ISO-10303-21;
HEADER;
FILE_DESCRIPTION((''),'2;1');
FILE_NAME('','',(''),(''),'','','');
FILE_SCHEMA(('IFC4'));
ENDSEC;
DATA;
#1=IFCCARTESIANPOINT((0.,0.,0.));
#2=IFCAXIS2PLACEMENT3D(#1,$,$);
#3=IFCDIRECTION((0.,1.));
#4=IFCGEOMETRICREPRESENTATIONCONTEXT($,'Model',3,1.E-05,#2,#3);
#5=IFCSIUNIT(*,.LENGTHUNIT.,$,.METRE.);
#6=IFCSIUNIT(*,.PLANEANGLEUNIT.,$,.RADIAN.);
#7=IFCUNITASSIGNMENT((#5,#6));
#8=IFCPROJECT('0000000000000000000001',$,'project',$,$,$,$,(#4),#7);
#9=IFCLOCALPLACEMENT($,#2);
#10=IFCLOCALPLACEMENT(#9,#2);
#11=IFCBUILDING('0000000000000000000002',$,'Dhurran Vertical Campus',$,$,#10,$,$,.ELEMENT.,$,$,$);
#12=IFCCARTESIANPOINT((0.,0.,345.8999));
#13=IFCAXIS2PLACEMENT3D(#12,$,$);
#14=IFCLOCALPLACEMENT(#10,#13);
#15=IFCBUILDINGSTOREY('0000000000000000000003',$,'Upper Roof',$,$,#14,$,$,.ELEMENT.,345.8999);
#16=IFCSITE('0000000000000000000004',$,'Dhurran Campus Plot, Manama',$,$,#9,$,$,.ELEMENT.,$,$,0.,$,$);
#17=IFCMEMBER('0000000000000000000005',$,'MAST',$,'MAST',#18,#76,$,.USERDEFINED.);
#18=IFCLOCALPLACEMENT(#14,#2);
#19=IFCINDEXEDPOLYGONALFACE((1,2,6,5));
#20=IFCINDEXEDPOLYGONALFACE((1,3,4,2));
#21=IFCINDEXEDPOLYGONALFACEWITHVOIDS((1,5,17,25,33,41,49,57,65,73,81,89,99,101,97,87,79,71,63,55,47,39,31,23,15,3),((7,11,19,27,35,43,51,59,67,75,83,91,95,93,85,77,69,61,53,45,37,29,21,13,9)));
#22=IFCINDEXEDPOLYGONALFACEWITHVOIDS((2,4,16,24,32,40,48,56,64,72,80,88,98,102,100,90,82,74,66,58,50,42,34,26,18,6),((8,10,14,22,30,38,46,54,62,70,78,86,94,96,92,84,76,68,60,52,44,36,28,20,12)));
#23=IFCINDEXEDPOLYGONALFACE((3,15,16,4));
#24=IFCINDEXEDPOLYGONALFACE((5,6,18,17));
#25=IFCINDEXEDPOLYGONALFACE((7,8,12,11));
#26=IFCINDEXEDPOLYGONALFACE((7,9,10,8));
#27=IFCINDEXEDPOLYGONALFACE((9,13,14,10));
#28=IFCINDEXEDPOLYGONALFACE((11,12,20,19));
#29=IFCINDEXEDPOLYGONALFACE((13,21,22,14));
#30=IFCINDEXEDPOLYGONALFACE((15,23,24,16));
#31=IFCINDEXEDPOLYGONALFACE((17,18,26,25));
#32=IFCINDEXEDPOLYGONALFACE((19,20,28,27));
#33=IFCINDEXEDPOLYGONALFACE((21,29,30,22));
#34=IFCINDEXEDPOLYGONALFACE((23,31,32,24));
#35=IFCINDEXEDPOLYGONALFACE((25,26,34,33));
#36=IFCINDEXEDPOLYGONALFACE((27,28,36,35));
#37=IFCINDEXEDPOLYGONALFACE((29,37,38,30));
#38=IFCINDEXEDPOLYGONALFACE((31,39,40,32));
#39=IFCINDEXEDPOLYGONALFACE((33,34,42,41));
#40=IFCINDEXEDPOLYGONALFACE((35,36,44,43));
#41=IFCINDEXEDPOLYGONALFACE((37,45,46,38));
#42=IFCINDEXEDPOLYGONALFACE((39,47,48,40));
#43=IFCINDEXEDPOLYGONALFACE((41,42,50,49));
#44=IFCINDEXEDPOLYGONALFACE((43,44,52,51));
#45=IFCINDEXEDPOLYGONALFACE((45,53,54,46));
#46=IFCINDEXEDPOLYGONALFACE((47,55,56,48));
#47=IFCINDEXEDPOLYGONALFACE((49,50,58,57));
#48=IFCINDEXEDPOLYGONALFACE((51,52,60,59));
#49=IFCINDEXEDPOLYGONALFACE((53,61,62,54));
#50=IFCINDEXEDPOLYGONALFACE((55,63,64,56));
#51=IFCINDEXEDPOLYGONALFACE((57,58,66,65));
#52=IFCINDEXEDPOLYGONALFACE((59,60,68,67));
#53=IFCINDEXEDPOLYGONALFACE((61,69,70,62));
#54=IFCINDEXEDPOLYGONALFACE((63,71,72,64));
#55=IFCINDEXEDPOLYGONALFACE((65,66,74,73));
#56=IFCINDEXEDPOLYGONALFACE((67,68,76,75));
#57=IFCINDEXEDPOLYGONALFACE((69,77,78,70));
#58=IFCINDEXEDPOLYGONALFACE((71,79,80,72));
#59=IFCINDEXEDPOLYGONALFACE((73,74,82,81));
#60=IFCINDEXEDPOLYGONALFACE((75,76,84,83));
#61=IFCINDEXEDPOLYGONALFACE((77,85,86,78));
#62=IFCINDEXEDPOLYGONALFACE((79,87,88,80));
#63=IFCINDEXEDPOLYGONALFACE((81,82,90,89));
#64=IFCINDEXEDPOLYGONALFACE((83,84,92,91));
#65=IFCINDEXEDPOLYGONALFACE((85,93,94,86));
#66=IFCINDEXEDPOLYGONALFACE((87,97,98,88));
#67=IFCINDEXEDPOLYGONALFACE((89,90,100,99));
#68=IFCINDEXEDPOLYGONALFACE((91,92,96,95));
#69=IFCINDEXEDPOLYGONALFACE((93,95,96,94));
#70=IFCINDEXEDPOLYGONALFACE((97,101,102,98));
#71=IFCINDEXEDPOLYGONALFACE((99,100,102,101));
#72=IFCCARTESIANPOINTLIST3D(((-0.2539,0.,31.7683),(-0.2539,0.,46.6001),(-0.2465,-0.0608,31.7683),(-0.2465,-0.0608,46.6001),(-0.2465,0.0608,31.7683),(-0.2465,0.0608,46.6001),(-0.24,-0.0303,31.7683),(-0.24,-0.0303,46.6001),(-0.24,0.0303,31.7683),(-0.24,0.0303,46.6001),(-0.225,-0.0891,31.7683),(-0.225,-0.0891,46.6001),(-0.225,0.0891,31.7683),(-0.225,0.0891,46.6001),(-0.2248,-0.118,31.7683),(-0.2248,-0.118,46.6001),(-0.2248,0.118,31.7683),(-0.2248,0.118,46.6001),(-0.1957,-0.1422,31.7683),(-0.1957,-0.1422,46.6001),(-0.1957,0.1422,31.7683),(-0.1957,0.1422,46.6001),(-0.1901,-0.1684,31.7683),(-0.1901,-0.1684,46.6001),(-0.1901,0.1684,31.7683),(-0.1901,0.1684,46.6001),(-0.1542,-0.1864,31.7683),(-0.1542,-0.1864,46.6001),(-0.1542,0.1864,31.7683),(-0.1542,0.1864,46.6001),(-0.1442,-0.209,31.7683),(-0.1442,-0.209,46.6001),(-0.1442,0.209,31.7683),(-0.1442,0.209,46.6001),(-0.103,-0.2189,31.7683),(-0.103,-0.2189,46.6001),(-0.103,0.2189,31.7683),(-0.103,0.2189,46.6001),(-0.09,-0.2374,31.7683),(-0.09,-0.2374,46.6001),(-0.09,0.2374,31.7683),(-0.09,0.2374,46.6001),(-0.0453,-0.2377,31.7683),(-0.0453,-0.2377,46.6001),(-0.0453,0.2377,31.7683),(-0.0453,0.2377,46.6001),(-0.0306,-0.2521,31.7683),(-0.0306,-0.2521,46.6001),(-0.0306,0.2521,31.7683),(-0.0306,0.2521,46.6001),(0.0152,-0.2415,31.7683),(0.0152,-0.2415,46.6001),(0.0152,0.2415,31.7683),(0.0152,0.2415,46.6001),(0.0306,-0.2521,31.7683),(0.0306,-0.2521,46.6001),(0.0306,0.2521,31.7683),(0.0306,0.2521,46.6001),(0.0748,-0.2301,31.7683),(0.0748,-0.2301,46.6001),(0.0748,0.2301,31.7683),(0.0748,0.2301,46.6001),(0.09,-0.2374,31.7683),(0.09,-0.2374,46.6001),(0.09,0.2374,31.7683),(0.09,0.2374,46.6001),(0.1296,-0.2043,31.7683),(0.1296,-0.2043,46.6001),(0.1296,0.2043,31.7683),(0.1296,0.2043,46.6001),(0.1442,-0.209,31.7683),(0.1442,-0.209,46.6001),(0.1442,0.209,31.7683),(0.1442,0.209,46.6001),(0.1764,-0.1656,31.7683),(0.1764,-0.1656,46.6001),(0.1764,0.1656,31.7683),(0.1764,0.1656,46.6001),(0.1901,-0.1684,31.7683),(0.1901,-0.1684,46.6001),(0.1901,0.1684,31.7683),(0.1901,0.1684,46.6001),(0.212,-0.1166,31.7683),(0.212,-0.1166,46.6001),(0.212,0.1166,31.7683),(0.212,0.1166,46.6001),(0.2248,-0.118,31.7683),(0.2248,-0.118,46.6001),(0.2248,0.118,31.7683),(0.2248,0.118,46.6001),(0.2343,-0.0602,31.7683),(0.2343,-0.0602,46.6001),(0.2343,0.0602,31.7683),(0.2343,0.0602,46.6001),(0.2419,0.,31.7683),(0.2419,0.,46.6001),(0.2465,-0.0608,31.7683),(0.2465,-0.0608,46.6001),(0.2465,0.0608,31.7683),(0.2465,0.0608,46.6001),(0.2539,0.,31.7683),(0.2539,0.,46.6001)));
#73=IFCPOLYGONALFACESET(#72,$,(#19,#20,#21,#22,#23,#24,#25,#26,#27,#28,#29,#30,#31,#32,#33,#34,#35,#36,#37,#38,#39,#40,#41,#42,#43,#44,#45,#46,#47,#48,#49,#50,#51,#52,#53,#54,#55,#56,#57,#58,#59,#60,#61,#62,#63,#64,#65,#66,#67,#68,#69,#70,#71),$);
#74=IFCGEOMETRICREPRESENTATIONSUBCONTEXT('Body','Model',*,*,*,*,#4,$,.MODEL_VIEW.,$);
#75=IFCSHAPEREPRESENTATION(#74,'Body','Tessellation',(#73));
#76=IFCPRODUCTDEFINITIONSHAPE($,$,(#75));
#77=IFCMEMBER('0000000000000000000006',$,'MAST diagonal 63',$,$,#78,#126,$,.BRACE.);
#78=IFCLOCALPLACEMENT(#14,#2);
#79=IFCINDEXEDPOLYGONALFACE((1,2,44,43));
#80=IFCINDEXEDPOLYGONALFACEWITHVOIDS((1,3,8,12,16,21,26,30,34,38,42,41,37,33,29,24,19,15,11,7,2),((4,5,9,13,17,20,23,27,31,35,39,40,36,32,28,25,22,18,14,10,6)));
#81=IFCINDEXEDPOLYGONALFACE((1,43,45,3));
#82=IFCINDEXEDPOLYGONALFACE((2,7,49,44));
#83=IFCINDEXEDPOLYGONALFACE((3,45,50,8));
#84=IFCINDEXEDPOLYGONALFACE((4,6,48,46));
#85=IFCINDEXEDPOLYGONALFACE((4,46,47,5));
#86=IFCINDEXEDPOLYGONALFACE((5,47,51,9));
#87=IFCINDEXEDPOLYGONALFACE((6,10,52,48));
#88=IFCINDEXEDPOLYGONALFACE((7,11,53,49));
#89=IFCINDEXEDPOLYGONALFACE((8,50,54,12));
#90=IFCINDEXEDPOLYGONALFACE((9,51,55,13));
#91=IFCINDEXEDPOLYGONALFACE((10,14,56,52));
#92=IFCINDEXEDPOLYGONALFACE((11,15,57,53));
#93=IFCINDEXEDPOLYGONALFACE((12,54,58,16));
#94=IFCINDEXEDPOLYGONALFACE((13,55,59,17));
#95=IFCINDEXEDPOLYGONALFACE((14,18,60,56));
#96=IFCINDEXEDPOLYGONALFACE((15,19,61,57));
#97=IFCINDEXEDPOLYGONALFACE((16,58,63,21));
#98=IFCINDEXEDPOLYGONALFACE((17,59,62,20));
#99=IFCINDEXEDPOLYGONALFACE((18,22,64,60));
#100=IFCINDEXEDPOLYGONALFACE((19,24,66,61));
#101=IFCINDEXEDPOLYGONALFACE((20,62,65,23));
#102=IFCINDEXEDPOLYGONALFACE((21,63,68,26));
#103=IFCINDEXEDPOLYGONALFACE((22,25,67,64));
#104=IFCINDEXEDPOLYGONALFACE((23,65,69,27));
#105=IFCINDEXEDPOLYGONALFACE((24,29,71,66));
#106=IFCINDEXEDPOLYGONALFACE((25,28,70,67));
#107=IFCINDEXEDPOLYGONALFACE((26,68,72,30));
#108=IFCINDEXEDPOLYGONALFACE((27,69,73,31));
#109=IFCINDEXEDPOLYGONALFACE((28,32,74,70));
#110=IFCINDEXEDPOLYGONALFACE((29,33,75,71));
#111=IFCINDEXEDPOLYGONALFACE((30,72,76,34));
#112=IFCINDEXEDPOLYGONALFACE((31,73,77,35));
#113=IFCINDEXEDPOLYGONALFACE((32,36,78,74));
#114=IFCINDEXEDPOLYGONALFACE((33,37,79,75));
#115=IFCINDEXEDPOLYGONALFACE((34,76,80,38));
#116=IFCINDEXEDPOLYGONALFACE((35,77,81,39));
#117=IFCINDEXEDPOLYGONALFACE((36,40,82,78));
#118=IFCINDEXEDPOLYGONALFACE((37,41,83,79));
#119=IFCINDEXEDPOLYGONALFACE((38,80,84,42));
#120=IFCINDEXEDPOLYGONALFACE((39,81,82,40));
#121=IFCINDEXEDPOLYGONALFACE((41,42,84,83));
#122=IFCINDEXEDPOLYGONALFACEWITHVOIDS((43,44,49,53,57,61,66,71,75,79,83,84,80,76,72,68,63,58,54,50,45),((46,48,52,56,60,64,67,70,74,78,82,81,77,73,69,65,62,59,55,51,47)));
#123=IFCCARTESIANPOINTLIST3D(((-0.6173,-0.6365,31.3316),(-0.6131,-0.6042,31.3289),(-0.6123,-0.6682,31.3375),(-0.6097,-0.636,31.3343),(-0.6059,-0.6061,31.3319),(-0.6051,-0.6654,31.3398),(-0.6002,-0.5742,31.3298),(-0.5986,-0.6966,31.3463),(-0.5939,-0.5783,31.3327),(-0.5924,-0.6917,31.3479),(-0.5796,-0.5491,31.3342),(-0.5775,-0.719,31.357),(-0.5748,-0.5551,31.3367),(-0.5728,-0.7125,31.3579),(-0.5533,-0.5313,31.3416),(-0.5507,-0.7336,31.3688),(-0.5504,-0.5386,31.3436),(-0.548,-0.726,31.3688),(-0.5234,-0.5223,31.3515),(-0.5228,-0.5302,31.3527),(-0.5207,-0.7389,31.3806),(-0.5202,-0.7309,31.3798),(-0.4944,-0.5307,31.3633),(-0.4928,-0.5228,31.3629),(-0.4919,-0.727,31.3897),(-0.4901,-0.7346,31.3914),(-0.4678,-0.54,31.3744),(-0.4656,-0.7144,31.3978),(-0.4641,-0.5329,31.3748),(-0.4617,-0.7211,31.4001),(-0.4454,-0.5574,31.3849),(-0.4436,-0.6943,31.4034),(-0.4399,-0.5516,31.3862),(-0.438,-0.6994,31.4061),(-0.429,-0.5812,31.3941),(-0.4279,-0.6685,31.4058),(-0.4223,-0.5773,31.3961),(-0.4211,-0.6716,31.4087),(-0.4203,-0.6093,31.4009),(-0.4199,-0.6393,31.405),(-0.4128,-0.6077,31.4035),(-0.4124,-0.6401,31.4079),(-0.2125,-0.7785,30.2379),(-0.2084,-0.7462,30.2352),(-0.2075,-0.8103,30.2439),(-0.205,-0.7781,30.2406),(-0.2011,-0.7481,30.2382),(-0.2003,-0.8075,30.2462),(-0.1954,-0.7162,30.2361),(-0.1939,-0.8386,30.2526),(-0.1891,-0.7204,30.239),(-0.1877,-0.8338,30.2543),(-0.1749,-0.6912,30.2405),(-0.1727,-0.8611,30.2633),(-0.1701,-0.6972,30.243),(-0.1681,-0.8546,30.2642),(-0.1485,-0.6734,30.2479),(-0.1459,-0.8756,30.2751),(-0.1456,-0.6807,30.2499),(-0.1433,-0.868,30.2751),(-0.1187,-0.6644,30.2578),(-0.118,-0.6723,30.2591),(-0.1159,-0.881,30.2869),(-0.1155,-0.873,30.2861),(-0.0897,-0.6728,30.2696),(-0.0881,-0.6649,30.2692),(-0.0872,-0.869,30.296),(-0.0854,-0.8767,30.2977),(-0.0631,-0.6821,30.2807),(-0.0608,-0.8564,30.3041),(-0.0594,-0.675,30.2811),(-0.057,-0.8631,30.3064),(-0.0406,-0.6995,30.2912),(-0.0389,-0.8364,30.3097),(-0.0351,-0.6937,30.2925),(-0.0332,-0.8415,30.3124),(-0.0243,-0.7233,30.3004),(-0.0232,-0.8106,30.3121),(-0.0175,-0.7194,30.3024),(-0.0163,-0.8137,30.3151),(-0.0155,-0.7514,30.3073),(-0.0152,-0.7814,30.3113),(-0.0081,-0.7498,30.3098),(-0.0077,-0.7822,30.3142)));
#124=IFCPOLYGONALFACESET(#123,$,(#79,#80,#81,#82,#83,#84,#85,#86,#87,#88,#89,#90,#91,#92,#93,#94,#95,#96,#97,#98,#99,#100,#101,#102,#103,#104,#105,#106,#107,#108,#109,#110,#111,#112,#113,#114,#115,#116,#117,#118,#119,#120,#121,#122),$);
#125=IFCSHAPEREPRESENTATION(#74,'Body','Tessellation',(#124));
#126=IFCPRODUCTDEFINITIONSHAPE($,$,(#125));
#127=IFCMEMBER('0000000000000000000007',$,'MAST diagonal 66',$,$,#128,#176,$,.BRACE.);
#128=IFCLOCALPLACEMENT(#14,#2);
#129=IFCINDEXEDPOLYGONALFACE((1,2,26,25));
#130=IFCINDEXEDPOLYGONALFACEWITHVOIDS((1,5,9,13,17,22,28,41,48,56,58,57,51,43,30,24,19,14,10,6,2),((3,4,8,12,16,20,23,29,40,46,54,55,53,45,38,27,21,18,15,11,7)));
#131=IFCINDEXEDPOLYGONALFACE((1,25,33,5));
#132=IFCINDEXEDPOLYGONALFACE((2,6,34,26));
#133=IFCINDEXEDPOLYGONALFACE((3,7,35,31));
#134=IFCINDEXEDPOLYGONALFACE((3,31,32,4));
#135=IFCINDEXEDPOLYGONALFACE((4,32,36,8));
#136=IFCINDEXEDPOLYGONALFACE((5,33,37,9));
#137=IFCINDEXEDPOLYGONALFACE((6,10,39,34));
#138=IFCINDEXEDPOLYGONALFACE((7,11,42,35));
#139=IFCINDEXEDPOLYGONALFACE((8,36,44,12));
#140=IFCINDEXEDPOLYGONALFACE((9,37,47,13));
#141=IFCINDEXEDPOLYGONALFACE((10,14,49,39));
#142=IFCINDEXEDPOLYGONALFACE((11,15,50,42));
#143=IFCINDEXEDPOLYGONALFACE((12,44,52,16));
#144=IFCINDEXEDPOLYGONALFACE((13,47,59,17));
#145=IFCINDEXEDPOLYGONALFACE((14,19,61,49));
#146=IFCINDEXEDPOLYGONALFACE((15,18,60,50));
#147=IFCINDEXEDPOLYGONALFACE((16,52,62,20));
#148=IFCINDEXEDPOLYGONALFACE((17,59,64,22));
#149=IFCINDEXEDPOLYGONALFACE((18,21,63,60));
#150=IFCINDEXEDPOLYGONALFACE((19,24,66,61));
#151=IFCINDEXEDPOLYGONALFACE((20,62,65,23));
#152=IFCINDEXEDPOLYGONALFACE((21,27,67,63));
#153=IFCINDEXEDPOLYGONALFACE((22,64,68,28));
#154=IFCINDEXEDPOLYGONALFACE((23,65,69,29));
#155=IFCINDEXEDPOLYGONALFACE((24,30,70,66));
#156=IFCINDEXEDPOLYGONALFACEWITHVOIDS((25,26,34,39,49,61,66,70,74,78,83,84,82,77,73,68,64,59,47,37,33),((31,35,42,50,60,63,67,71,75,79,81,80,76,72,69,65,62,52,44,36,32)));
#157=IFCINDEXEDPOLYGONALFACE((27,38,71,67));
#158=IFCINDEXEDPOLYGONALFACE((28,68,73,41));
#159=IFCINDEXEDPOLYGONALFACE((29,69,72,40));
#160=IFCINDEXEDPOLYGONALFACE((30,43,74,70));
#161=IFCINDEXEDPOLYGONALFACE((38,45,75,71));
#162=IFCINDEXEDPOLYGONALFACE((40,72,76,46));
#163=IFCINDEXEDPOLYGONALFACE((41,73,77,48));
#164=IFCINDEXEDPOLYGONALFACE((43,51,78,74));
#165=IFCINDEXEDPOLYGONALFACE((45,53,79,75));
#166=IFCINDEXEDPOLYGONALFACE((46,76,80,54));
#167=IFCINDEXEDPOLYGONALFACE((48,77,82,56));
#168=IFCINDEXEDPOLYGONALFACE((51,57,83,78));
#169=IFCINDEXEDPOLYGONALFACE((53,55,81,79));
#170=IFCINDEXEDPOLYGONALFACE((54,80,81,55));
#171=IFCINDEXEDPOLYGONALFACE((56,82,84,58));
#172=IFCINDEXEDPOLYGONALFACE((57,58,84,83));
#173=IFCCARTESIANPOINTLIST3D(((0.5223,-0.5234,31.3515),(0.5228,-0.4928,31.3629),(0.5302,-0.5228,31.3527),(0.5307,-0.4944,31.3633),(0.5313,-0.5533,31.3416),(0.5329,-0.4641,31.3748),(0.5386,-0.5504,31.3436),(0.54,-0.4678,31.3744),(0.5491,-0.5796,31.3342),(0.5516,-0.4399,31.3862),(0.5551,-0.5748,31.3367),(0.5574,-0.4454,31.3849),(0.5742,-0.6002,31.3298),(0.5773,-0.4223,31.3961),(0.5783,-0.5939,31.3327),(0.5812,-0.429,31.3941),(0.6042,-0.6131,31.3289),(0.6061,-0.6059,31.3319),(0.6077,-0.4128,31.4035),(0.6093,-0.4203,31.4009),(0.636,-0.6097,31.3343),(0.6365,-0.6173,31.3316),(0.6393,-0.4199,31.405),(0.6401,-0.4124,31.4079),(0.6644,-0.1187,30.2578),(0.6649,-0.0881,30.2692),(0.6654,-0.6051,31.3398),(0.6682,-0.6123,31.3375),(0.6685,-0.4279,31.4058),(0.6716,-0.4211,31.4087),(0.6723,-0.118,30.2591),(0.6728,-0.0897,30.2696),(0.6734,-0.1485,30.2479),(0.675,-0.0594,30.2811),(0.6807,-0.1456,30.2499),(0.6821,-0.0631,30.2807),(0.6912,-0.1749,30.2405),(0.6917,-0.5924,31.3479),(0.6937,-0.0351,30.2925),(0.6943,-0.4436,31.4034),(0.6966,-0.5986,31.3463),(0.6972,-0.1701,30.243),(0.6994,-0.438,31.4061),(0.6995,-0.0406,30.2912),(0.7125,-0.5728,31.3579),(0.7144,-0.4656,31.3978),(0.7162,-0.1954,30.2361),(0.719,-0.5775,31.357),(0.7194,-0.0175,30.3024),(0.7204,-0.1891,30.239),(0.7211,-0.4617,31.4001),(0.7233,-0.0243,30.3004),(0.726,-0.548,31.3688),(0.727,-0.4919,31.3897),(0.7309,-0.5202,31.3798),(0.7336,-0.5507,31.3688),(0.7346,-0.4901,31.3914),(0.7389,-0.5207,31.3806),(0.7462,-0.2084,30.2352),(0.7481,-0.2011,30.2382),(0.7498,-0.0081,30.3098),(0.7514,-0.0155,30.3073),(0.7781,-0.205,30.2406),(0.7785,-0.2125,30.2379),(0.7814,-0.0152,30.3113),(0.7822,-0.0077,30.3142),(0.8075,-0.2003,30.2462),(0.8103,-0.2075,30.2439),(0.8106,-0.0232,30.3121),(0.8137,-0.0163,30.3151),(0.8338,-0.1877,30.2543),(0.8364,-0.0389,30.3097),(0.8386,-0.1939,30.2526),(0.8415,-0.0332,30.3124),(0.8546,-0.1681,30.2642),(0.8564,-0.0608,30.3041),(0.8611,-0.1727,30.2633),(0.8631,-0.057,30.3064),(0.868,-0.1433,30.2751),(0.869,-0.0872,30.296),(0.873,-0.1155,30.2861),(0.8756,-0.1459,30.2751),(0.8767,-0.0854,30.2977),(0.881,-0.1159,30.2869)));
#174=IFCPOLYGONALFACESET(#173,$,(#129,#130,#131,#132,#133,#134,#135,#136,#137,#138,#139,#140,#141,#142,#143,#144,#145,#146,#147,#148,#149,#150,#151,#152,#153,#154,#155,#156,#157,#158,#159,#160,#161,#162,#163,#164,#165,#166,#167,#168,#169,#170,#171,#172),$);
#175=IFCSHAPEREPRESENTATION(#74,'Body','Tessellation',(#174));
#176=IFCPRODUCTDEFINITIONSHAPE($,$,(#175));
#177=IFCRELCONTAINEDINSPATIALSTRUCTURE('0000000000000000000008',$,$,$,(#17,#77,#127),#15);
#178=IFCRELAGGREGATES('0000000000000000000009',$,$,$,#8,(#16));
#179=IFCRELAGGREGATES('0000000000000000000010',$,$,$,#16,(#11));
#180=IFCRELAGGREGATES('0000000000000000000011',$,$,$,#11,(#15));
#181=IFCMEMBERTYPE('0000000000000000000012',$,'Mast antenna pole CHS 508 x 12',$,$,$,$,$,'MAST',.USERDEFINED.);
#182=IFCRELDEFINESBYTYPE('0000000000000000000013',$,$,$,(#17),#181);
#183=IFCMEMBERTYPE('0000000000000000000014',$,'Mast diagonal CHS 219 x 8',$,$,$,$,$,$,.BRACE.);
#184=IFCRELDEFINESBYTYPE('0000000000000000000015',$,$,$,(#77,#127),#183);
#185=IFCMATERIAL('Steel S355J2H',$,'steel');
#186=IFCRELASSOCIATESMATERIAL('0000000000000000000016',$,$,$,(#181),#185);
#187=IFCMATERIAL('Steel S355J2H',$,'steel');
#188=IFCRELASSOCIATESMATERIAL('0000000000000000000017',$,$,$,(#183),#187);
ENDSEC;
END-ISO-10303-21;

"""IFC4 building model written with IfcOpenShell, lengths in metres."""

from ifc_helpers import new_model, si_unit, direction, frame, origin, origin_2d, place, context, subcontext, project, spatial, hollow_circle, extrude, material, material_profile, profile_set, type_object, element, save


model = new_model("IFC4")

# Units and contexts
model_context = context("Model", 3, precision=1e-05, world=origin(), true_north=direction((0.0, 1.0)))
body_context = subcontext(model_context, "Body", "Model", "MODEL_VIEW")
ifc_project = project(units=[si_unit("LENGTHUNIT", "METRE"), si_unit("PLANEANGLEUNIT", "RADIAN")], contexts=[model_context])

# Site, building, storey
site_placement = place(None, origin())
site = spatial("IfcSite", under=ifc_project, at=site_placement, Name="Dhurran Campus Plot, Manama", CompositionType="ELEMENT", RefElevation=0.0)
building_placement = place(site_placement, origin())
building = spatial("IfcBuilding", under=site, at=building_placement, Name="Dhurran Vertical Campus", CompositionType="ELEMENT")
storey_placement = place(building_placement, frame((0.0, 0.0, 345.8999)))
storey = spatial("IfcBuildingStorey", under=building, at=storey_placement, Name="Upper Roof", CompositionType="ELEMENT", Elevation=345.8999)

# Members
ifc_material_1 = material(Name="Steel S355J2H", Category="steel")
ifc_material_profile_1 = material_profile(ifc_material_1, hollow_circle(Radius=0.2539, WallThickness=0.012, at=origin_2d()), Name="CHS508x12")
ifc_profile_set_1 = profile_set([ifc_material_profile_1], Name="Steel S355J2H")
member_type_1 = type_object("IfcMemberType", Name="Mast antenna pole CHS 508 x 12", ElementType="MAST", PredefinedType="USERDEFINED", material=ifc_profile_set_1)
member_placement = place(storey_placement, frame((0.0, 0.0, 31.7683), z_axis=(0.0, 0.0, 1.0), x_axis=(1.0, 0.0, 0.0)))
element("IfcMember", 1, at=member_placement, inside=storey, type_object=member_type_1, Name="MAST", ObjectType="MAST", PredefinedType="USERDEFINED", context=body_context, shape_type="SweptSolid", body=[
    extrude(hollow_circle(Radius=0.2539, WallThickness=0.012, at=origin_2d()), origin(), (0.0, 0.0, 1.0), 14.8318),
])
ifc_material_2 = material(Name="Steel S355J2H", Category="steel")
ifc_material_profile_2 = material_profile(ifc_material_2, hollow_circle(Radius=0.1096, WallThickness=0.0081, at=origin_2d()), Name="CHS219x8")
ifc_profile_set_2 = profile_set([ifc_material_profile_2], Name="Steel S355J2H")
member_type_2 = type_object("IfcMemberType", Name="Mast diagonal CHS 219 x 8", PredefinedType="BRACE", material=ifc_profile_set_2)
for number, where, z_axis, x_axis, name in (
    (2, (-0.1096, -0.7722, 30.2751), (-0.344535, 0.12094, 0.930951), (-0.331212, -0.943556, 0.0), "MAST diagonal 63"),
    (3, (0.7722, -0.1096, 30.2751), (-0.12094, -0.344535, 0.930951), (0.943556, -0.331212, 0.0), "MAST diagonal 66"),
):
    element("IfcMember", number, at=place(storey_placement, frame(where, z_axis=z_axis, x_axis=x_axis)), inside=storey, type_object=member_type_2, Name=name, PredefinedType="BRACE", context=body_context, shape_type="SweptSolid", body=[
        extrude(hollow_circle(Radius=0.1096, WallThickness=0.0081, at=origin_2d()), origin(), (0.0, 0.0, 1.0), 1.1748),
    ])

save(model, "model.ifc")
